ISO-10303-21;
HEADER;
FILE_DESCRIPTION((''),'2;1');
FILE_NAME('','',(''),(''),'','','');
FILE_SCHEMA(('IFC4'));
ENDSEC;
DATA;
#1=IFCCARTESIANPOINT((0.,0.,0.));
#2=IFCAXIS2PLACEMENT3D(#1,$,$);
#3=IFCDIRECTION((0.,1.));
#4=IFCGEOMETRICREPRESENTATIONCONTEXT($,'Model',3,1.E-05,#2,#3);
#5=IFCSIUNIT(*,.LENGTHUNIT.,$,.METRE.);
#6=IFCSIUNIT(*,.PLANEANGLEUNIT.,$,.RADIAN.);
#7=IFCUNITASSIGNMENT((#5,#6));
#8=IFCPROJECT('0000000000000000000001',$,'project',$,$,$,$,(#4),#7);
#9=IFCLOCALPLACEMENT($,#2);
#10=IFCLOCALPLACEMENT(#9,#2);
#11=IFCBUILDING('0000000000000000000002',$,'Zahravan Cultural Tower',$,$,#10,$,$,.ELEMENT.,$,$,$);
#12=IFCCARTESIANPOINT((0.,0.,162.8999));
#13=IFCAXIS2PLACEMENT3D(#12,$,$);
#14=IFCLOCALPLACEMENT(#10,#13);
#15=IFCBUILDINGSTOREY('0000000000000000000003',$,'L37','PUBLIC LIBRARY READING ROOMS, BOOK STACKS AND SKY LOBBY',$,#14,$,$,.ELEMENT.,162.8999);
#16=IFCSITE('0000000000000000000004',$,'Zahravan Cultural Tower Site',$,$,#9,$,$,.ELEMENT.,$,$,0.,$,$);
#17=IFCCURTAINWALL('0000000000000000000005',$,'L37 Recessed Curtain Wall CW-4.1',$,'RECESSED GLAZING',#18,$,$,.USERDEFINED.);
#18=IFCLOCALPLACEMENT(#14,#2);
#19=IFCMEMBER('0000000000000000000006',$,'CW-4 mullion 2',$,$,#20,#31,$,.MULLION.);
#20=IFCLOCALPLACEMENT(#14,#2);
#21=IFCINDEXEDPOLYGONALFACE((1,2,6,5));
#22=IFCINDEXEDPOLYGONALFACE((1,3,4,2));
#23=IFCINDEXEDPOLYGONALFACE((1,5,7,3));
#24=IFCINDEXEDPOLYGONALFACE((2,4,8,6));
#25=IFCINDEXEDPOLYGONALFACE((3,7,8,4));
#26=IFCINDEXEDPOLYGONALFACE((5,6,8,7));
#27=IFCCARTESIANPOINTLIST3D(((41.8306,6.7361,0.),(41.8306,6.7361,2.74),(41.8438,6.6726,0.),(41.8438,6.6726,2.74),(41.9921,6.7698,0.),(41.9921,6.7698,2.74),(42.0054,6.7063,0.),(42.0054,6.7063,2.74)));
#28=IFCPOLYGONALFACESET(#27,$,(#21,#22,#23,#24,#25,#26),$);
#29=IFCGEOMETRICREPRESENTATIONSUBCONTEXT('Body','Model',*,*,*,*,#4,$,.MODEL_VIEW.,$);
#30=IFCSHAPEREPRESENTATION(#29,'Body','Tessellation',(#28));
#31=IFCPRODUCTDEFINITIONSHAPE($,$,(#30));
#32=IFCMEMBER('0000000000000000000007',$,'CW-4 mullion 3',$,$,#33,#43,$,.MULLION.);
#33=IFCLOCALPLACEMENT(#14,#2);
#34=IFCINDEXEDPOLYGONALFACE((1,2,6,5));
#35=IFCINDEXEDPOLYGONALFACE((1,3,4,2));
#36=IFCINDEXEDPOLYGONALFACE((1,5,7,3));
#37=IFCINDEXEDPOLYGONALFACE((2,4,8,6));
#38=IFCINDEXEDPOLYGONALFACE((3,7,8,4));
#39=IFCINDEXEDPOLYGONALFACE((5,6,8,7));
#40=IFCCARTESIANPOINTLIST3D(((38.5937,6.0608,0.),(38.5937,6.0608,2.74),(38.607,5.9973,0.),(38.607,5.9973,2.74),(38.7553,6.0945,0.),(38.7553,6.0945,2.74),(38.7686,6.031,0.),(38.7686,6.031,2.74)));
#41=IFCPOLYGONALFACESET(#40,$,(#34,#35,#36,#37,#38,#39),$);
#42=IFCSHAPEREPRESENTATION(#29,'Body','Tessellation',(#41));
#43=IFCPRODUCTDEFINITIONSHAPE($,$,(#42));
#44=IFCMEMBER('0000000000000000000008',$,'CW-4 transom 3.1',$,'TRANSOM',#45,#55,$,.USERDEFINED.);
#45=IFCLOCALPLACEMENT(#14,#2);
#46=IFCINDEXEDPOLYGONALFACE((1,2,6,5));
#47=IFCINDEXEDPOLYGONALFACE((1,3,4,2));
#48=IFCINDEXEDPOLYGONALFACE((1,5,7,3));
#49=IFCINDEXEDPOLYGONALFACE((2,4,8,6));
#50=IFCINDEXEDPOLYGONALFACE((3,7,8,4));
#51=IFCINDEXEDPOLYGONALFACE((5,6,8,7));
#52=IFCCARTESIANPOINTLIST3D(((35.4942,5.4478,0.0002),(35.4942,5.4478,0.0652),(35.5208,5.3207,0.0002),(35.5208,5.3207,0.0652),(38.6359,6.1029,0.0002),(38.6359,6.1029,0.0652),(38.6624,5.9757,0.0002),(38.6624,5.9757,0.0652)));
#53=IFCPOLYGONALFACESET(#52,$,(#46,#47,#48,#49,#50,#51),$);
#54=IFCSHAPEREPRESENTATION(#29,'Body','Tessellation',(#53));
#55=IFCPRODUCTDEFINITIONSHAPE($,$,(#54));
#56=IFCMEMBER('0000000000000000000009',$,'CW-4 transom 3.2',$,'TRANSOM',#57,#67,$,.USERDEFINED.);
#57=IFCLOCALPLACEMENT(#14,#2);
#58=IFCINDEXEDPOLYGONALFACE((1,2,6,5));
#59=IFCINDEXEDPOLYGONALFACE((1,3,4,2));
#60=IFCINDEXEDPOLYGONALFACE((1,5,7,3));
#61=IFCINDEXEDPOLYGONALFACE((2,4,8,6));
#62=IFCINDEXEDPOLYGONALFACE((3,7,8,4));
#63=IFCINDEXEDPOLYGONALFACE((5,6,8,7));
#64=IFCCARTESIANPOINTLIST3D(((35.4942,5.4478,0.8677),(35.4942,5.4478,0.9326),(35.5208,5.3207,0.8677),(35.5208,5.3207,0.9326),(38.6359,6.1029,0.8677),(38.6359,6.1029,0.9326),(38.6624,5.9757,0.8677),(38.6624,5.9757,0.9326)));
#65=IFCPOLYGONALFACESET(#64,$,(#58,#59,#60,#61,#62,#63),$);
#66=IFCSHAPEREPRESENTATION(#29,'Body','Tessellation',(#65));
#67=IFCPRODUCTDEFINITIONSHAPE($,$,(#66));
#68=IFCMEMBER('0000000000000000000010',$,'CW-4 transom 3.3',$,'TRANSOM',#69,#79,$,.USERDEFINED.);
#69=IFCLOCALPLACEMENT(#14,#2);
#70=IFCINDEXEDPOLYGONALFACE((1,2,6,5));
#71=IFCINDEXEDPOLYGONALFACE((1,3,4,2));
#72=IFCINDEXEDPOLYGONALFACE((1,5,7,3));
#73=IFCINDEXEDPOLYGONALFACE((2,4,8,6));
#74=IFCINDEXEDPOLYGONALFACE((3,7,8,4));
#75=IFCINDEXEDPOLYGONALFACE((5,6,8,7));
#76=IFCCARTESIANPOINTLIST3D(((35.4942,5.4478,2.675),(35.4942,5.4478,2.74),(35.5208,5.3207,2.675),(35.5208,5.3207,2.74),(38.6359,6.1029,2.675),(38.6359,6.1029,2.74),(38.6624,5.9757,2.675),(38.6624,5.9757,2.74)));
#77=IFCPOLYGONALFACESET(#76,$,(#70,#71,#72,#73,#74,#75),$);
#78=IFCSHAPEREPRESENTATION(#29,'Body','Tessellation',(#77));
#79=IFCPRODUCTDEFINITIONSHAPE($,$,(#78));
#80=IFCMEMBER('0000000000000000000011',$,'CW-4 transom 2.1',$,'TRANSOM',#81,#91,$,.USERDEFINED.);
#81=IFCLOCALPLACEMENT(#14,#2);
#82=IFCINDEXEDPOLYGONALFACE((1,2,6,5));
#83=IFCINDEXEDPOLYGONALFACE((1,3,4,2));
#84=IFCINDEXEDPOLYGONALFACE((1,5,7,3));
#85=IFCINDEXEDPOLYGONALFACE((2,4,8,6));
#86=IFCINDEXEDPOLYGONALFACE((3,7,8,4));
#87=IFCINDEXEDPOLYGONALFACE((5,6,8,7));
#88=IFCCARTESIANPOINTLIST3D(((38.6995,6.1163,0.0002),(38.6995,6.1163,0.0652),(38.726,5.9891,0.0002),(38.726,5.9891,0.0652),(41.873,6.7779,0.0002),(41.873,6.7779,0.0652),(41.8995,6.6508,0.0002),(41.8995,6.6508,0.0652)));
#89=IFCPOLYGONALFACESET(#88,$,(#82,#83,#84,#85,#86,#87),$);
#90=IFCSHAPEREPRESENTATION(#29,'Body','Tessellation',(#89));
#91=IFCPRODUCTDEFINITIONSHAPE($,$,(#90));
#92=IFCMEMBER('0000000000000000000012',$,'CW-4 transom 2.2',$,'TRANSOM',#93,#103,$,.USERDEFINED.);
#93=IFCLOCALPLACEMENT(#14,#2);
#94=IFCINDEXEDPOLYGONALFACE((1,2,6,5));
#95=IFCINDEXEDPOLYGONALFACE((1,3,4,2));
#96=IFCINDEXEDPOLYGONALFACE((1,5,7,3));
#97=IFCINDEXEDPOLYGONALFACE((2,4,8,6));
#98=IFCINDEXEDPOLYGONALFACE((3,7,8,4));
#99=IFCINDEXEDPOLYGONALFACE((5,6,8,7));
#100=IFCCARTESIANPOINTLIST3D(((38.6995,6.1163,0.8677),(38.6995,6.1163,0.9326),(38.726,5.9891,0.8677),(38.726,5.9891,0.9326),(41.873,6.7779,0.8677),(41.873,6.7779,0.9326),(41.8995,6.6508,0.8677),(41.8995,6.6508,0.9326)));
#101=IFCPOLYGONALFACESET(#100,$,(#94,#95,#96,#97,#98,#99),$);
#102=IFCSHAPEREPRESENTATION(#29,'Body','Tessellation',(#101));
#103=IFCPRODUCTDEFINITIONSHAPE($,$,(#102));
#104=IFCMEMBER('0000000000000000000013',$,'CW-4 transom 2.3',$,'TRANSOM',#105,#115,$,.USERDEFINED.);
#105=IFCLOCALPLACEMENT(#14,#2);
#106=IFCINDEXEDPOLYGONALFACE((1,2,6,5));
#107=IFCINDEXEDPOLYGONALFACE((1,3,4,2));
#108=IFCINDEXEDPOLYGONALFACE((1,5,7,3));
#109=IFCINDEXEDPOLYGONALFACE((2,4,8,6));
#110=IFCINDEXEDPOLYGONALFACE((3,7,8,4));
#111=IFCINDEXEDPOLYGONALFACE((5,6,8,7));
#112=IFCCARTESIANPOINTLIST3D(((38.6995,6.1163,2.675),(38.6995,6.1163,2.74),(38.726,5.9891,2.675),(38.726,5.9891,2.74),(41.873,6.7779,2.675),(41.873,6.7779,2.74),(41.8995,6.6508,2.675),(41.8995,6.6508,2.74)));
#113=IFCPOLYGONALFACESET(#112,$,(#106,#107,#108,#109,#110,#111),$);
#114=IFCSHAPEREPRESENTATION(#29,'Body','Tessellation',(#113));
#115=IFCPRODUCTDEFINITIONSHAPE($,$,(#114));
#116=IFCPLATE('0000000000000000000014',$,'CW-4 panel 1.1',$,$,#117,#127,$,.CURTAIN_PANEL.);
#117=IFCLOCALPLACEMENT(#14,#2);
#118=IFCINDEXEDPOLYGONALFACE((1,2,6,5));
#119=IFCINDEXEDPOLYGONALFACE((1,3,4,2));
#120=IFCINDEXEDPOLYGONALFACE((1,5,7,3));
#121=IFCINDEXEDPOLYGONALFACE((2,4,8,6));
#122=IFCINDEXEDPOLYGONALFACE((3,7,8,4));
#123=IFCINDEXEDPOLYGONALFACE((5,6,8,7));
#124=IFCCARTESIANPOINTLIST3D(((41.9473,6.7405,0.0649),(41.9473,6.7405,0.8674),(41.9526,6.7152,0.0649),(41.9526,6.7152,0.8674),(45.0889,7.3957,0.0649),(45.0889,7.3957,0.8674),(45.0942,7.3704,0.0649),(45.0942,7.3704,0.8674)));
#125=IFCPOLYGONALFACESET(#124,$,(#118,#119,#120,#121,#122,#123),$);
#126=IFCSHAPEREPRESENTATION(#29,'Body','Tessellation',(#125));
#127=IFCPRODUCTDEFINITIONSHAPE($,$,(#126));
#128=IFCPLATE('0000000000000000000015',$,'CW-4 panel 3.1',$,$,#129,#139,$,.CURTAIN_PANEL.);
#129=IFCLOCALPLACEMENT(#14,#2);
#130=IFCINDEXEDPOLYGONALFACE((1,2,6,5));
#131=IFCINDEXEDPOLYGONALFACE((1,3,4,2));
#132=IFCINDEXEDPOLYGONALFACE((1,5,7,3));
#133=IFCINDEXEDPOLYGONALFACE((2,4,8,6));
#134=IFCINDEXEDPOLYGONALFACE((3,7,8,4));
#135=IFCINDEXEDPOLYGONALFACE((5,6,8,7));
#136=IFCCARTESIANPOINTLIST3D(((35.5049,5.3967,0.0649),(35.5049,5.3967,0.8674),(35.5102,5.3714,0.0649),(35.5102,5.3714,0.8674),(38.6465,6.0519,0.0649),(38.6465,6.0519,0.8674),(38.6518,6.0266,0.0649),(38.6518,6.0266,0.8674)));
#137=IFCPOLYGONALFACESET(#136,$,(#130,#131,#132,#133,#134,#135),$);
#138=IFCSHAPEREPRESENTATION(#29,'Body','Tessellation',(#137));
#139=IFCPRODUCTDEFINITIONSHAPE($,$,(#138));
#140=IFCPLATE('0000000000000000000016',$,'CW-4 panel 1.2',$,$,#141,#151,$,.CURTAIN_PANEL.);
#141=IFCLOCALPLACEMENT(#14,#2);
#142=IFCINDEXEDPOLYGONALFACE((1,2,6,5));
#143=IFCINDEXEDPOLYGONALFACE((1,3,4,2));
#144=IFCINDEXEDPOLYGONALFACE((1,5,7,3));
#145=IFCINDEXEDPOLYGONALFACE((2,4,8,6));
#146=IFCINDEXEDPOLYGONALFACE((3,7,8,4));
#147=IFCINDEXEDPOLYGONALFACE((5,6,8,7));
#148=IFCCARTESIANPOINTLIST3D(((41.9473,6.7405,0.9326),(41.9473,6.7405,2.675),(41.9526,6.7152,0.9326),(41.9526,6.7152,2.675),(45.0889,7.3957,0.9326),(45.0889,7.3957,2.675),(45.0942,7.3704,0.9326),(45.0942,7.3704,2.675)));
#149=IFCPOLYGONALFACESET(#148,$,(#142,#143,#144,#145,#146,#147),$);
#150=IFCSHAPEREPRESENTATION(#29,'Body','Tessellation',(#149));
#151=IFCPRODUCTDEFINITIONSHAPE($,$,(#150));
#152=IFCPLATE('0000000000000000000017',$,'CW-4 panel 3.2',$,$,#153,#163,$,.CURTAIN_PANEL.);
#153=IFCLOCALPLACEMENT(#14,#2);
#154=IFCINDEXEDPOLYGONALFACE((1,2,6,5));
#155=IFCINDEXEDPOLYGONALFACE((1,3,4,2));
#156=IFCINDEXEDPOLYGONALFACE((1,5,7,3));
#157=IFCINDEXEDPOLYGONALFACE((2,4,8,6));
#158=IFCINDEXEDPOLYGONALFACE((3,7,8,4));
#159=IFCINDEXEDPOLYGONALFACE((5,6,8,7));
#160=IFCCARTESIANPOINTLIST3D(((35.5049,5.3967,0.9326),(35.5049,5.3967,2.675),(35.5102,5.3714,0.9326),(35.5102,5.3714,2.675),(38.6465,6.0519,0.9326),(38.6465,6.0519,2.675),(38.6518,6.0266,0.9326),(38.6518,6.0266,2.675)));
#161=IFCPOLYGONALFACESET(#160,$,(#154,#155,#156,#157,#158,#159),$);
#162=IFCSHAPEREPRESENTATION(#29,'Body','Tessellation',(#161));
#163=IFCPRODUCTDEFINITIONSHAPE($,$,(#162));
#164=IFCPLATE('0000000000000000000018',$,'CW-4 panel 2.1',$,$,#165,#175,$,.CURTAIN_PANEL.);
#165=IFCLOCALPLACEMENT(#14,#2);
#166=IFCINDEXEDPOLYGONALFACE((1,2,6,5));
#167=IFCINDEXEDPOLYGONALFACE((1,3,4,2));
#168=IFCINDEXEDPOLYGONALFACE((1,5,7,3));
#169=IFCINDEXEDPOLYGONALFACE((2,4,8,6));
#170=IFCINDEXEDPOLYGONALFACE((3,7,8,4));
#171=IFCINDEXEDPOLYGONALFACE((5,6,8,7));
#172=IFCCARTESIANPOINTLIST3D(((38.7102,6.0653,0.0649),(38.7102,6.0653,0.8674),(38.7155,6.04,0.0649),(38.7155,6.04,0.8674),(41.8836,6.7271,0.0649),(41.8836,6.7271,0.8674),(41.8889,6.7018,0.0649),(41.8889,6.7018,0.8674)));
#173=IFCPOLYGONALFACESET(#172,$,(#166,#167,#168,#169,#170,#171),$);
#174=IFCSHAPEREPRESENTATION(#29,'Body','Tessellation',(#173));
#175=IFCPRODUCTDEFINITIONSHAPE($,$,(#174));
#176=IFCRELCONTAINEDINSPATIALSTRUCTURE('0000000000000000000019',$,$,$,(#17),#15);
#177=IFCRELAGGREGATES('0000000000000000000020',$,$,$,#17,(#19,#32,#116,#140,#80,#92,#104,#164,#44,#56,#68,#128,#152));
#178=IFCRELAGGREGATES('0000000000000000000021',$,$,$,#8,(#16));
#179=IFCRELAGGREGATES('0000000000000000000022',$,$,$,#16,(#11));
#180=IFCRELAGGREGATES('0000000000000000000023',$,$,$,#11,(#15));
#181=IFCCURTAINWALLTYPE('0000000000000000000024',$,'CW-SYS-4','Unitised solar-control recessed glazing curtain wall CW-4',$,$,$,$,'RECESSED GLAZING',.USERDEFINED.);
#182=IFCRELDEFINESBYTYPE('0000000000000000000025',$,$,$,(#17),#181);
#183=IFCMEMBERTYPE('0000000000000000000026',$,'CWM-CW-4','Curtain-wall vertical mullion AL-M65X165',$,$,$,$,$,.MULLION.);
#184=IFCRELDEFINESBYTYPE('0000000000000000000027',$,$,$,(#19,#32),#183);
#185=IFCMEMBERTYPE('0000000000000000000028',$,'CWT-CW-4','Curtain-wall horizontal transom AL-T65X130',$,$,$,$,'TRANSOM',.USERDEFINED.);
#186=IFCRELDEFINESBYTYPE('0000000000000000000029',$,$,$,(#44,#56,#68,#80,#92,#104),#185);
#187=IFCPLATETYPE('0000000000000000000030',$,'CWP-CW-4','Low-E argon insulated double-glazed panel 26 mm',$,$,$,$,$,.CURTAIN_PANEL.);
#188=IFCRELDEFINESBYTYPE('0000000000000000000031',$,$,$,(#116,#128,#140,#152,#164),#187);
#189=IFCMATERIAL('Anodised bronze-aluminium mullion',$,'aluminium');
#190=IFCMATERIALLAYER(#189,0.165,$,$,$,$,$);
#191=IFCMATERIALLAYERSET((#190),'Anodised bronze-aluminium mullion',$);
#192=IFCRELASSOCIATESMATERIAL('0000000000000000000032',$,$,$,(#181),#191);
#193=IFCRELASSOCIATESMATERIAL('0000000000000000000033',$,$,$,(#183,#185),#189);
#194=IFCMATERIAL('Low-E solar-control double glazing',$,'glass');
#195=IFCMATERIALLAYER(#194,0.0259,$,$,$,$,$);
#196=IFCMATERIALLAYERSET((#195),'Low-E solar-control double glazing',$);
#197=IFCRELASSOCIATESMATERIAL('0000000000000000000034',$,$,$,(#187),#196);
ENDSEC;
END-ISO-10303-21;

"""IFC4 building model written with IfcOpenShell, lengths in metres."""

from ifc_helpers import new_model, si_unit, direction, frame, origin, origin_2d, place, context, subcontext, project, spatial, rectangle, extrude, source, transform, mapped, material, layer, layer_set, material_profile, profile_set, type_object, element, aggregate, save


model = new_model("IFC4")

# Units and contexts
model_context = context("Model", 3, precision=1e-05, world=origin(), true_north=direction((0.0, 1.0)))
body_context = subcontext(model_context, "Body", "Model", "MODEL_VIEW")
ifc_project = project(units=[si_unit("LENGTHUNIT", "METRE"), si_unit("PLANEANGLEUNIT", "RADIAN")], contexts=[model_context])

# Site, building, storey
site_placement = place(None, origin())
site = spatial("IfcSite", under=ifc_project, at=site_placement, Name="Zahravan Cultural Tower Site", CompositionType="ELEMENT", RefElevation=0.0)
building_placement = place(site_placement, origin())
building = spatial("IfcBuilding", under=site, at=building_placement, Name="Zahravan Cultural Tower", CompositionType="ELEMENT")
storey_placement = place(building_placement, frame((0.0, 0.0, 162.8999)))
storey = spatial("IfcBuildingStorey", under=building, at=storey_placement, Name="L37", Description="PUBLIC LIBRARY READING ROOMS, BOOK STACKS AND SKY LOBBY", CompositionType="ELEMENT", Elevation=162.8999)

# Curtain wall, members, plates
ifc_material_1 = material(Name="Anodised bronze-aluminium mullion", Category="aluminium")
ifc_layer_1 = layer(ifc_material_1, 0.165)
ifc_layer_set_1 = layer_set([ifc_layer_1], Name="Anodised bronze-aluminium mullion")
curtain_wall_type = type_object("IfcCurtainWallType", Name="CW-SYS-4", Description="Unitised solar-control recessed glazing curtain wall CW-4", ElementType="RECESSED GLAZING", PredefinedType="USERDEFINED", material=ifc_layer_set_1)
curtain_wall_placement = place(storey_placement, origin())
curtain_wall = element("IfcCurtainWall", 1, at=curtain_wall_placement, inside=storey, type_object=curtain_wall_type, Name="L37 Recessed Curtain Wall CW-4.1", ObjectType="RECESSED GLAZING", PredefinedType="USERDEFINED")
ifc_material_profile_1 = material_profile(ifc_material_1, rectangle(XDim=0.0649, YDim=0.165, at=origin_2d()), Name="AL-M65X165")
ifc_profile_set_1 = profile_set([ifc_material_profile_1], Name="Anodised bronze-aluminium mullion")
member_type_1 = type_object("IfcMemberType", Name="CWM-CW-4", Description="Curtain-wall vertical mullion AL-M65X165", PredefinedType="MULLION", material=ifc_profile_set_1)
shared_shape_1 = source(origin(), body_context, "Body", "SweptSolid", [
    extrude(rectangle(XDim=0.0649, YDim=0.165, at=origin_2d()), origin(), (0.0, 0.0, 1.0), 2.74),
])
member_1_placement = place(storey_placement, frame((41.918, 6.7212, 0.0), z_axis=(0.0, 0.0, 1.0), x_axis=(0.204162, -0.978937, 0.0)))
member_1 = element("IfcMember", 2, at=member_1_placement, type_object=member_type_1, Name="CW-4 mullion 2", PredefinedType="MULLION", context=body_context, shape_type="MappedRepresentation", body=[
    mapped(shared_shape_1, transform((0.0, 0.0, 0.0), x_axis=(1.0, 0.0, 0.0), y_axis=(0.0, 1.0, 0.0), z_axis=(0.0, 0.0, 1.0), scale=1.0)),
])
member_2_placement = place(storey_placement, frame((38.6812, 6.0459, 0.0), z_axis=(0.0, 0.0, 1.0), x_axis=(0.204162, -0.978937, 0.0)))
member_2 = element("IfcMember", 3, at=member_2_placement, type_object=member_type_1, Name="CW-4 mullion 3", PredefinedType="MULLION", context=body_context, shape_type="MappedRepresentation", body=[
    mapped(shared_shape_1, transform((0.0, 0.0, 0.0), x_axis=(1.0, 0.0, 0.0), y_axis=(0.0, 1.0, 0.0), z_axis=(0.0, 0.0, 1.0), scale=1.0)),
])
ifc_material_profile_2 = material_profile(ifc_material_1, rectangle(XDim=0.1299, YDim=0.0649, at=origin_2d()), Name="AL-T65X130")
ifc_profile_set_2 = profile_set([ifc_material_profile_2], Name="Anodised bronze-aluminium mullion")
member_type_2 = type_object("IfcMemberType", Name="CWT-CW-4", Description="Curtain-wall horizontal transom AL-T65X130", ElementType="TRANSOM", PredefinedType="USERDEFINED", material=ifc_profile_set_2)
shared_shape_2 = source(origin(), body_context, "Body", "SweptSolid", [
    extrude(rectangle(XDim=0.1299, YDim=0.0649, at=origin_2d()), origin(), (0.0, 0.0, 1.0), 3.2092),
])
member_3_placement = place(storey_placement, frame((38.6492, 6.0393, 0.0327), z_axis=(-0.978947, -0.204112, 0.0), x_axis=(0.204112, -0.978947, 0.0)))
member_3 = element("IfcMember", 4, at=member_3_placement, type_object=member_type_2, Name="CW-4 transom 3.1", ObjectType="TRANSOM", PredefinedType="USERDEFINED", context=body_context, shape_type="MappedRepresentation", body=[
    mapped(shared_shape_2, transform((0.0, 0.0, 0.0), x_axis=(1.0, 0.0, 0.0), y_axis=(0.0, 1.0, 0.0), z_axis=(0.0, 0.0, 1.0), scale=1.0)),
])
member_4_placement = place(storey_placement, frame((38.6492, 6.0393, 0.9001), z_axis=(-0.978947, -0.204112, 0.0), x_axis=(0.204112, -0.978947, 0.0)))
member_4 = element("IfcMember", 5, at=member_4_placement, type_object=member_type_2, Name="CW-4 transom 3.2", ObjectType="TRANSOM", PredefinedType="USERDEFINED", context=body_context, shape_type="MappedRepresentation", body=[
    mapped(shared_shape_2, transform((0.0, 0.0, 0.0), x_axis=(1.0, 0.0, 0.0), y_axis=(0.0, 1.0, 0.0), z_axis=(0.0, 0.0, 1.0), scale=1.0)),
])
member_5_placement = place(storey_placement, frame((38.6492, 6.0393, 2.7075), z_axis=(-0.978947, -0.204112, 0.0), x_axis=(0.204112, -0.978947, 0.0)))
member_5 = element("IfcMember", 6, at=member_5_placement, type_object=member_type_2, Name="CW-4 transom 3.3", ObjectType="TRANSOM", PredefinedType="USERDEFINED", context=body_context, shape_type="MappedRepresentation", body=[
    mapped(shared_shape_2, transform((0.0, 0.0, 0.0), x_axis=(1.0, 0.0, 0.0), y_axis=(0.0, 1.0, 0.0), z_axis=(0.0, 0.0, 1.0), scale=1.0)),
])
shared_shape_3 = source(origin(), body_context, "Body", "SweptSolid", [
    extrude(rectangle(XDim=0.1299, YDim=0.0649, at=origin_2d()), origin(), (0.0, 0.0, 1.0), 3.2417),
])
member_6_placement = place(storey_placement, frame((41.8862, 6.7144, 0.0327), z_axis=(-0.978949, -0.204105, 0.0), x_axis=(0.204105, -0.978949, 0.0)))
member_6 = element("IfcMember", 7, at=member_6_placement, type_object=member_type_2, Name="CW-4 transom 2.1", ObjectType="TRANSOM", PredefinedType="USERDEFINED", context=body_context, shape_type="MappedRepresentation", body=[
    mapped(shared_shape_3, transform((0.0, 0.0, 0.0), x_axis=(1.0, 0.0, 0.0), y_axis=(0.0, 1.0, 0.0), z_axis=(0.0, 0.0, 1.0), scale=1.0)),
])
member_7_placement = place(storey_placement, frame((41.8862, 6.7144, 0.9001), z_axis=(-0.978949, -0.204105, 0.0), x_axis=(0.204105, -0.978949, 0.0)))
member_7 = element("IfcMember", 8, at=member_7_placement, type_object=member_type_2, Name="CW-4 transom 2.2", ObjectType="TRANSOM", PredefinedType="USERDEFINED", context=body_context, shape_type="MappedRepresentation", body=[
    mapped(shared_shape_3, transform((0.0, 0.0, 0.0), x_axis=(1.0, 0.0, 0.0), y_axis=(0.0, 1.0, 0.0), z_axis=(0.0, 0.0, 1.0), scale=1.0)),
])
member_8_placement = place(storey_placement, frame((41.8862, 6.7144, 2.7075), z_axis=(-0.978949, -0.204105, 0.0), x_axis=(0.204105, -0.978949, 0.0)))
member_8 = element("IfcMember", 9, at=member_8_placement, type_object=member_type_2, Name="CW-4 transom 2.3", ObjectType="TRANSOM", PredefinedType="USERDEFINED", context=body_context, shape_type="MappedRepresentation", body=[
    mapped(shared_shape_3, transform((0.0, 0.0, 0.0), x_axis=(1.0, 0.0, 0.0), y_axis=(0.0, 1.0, 0.0), z_axis=(0.0, 0.0, 1.0), scale=1.0)),
])
ifc_material_2 = material(Name="Low-E solar-control double glazing", Category="glass")
ifc_layer_2 = layer(ifc_material_2, 0.0259)
ifc_layer_set_2 = layer_set([ifc_layer_2], Name="Low-E solar-control double glazing")
plate_type = type_object("IfcPlateType", Name="CWP-CW-4", Description="Low-E argon insulated double-glazed panel 26 mm", PredefinedType="CURTAIN_PANEL", material=ifc_layer_set_2)
shared_shape_4 = source(origin(), body_context, "Body", "SweptSolid", [
    extrude(rectangle(XDim=3.2092, YDim=0.0259, at=origin_2d()), origin(), (0.0, 0.0, 1.0), 0.8025),
])
plate_1_placement = place(storey_placement, frame((43.5208, 7.0554, 0.0649), z_axis=(0.0, 0.0, 1.0), x_axis=(-0.978937, -0.204162, 0.0)))
plate_1 = element("IfcPlate", 10, at=plate_1_placement, type_object=plate_type, Name="CW-4 panel 1.1", PredefinedType="CURTAIN_PANEL", context=body_context, shape_type="MappedRepresentation", body=[
    mapped(shared_shape_4, transform((0.0, 0.0, 0.0), x_axis=(1.0, 0.0, 0.0), y_axis=(0.0, 1.0, 0.0), z_axis=(0.0, 0.0, 1.0), scale=1.0)),
])
plate_2_placement = place(storey_placement, frame((37.0784, 5.7117, 0.0649), z_axis=(0.0, 0.0, 1.0), x_axis=(-0.978937, -0.204162, 0.0)))
plate_2 = element("IfcPlate", 11, at=plate_2_placement, type_object=plate_type, Name="CW-4 panel 3.1", PredefinedType="CURTAIN_PANEL", context=body_context, shape_type="MappedRepresentation", body=[
    mapped(shared_shape_4, transform((0.0, 0.0, 0.0), x_axis=(1.0, 0.0, 0.0), y_axis=(0.0, 1.0, 0.0), z_axis=(0.0, 0.0, 1.0), scale=1.0)),
])
shared_shape_5 = source(origin(), body_context, "Body", "SweptSolid", [
    extrude(rectangle(XDim=3.2092, YDim=0.0259, at=origin_2d()), origin(), (0.0, 0.0, 1.0), 1.7424),
])
plate_3_placement = place(storey_placement, frame((43.5208, 7.0554, 0.9326), z_axis=(0.0, 0.0, 1.0), x_axis=(-0.978937, -0.204162, 0.0)))
plate_3 = element("IfcPlate", 12, at=plate_3_placement, type_object=plate_type, Name="CW-4 panel 1.2", PredefinedType="CURTAIN_PANEL", context=body_context, shape_type="MappedRepresentation", body=[
    mapped(shared_shape_5, transform((0.0, 0.0, 0.0), x_axis=(1.0, 0.0, 0.0), y_axis=(0.0, 1.0, 0.0), z_axis=(0.0, 0.0, 1.0), scale=1.0)),
])
plate_4_placement = place(storey_placement, frame((37.0784, 5.7117, 0.9326), z_axis=(0.0, 0.0, 1.0), x_axis=(-0.978937, -0.204162, 0.0)))
plate_4 = element("IfcPlate", 13, at=plate_4_placement, type_object=plate_type, Name="CW-4 panel 3.2", PredefinedType="CURTAIN_PANEL", context=body_context, shape_type="MappedRepresentation", body=[
    mapped(shared_shape_5, transform((0.0, 0.0, 0.0), x_axis=(1.0, 0.0, 0.0), y_axis=(0.0, 1.0, 0.0), z_axis=(0.0, 0.0, 1.0), scale=1.0)),
])
shared_shape_6 = source(origin(), body_context, "Body", "SweptSolid", [
    extrude(rectangle(XDim=3.2417, YDim=0.0259, at=origin_2d()), origin(), (0.0, 0.0, 1.0), 0.8025),
])
plate_5_placement = place(storey_placement, frame((40.2996, 6.3835, 0.0649), z_axis=(0.0, 0.0, 1.0), x_axis=(-0.978937, -0.204162, 0.0)))
plate_5 = element("IfcPlate", 14, at=plate_5_placement, type_object=plate_type, Name="CW-4 panel 2.1", PredefinedType="CURTAIN_PANEL", context=body_context, shape_type="MappedRepresentation", body=[
    mapped(shared_shape_6, transform((0.0, 0.0, 0.0), x_axis=(1.0, 0.0, 0.0), y_axis=(0.0, 1.0, 0.0), z_axis=(0.0, 0.0, 1.0), scale=1.0)),
])
aggregate(curtain_wall, [member_1, member_2, plate_1, plate_3, member_6, member_7, member_8, plate_5, member_3, member_4, member_5, plate_2, plate_4])

save(model, "model.ifc")
